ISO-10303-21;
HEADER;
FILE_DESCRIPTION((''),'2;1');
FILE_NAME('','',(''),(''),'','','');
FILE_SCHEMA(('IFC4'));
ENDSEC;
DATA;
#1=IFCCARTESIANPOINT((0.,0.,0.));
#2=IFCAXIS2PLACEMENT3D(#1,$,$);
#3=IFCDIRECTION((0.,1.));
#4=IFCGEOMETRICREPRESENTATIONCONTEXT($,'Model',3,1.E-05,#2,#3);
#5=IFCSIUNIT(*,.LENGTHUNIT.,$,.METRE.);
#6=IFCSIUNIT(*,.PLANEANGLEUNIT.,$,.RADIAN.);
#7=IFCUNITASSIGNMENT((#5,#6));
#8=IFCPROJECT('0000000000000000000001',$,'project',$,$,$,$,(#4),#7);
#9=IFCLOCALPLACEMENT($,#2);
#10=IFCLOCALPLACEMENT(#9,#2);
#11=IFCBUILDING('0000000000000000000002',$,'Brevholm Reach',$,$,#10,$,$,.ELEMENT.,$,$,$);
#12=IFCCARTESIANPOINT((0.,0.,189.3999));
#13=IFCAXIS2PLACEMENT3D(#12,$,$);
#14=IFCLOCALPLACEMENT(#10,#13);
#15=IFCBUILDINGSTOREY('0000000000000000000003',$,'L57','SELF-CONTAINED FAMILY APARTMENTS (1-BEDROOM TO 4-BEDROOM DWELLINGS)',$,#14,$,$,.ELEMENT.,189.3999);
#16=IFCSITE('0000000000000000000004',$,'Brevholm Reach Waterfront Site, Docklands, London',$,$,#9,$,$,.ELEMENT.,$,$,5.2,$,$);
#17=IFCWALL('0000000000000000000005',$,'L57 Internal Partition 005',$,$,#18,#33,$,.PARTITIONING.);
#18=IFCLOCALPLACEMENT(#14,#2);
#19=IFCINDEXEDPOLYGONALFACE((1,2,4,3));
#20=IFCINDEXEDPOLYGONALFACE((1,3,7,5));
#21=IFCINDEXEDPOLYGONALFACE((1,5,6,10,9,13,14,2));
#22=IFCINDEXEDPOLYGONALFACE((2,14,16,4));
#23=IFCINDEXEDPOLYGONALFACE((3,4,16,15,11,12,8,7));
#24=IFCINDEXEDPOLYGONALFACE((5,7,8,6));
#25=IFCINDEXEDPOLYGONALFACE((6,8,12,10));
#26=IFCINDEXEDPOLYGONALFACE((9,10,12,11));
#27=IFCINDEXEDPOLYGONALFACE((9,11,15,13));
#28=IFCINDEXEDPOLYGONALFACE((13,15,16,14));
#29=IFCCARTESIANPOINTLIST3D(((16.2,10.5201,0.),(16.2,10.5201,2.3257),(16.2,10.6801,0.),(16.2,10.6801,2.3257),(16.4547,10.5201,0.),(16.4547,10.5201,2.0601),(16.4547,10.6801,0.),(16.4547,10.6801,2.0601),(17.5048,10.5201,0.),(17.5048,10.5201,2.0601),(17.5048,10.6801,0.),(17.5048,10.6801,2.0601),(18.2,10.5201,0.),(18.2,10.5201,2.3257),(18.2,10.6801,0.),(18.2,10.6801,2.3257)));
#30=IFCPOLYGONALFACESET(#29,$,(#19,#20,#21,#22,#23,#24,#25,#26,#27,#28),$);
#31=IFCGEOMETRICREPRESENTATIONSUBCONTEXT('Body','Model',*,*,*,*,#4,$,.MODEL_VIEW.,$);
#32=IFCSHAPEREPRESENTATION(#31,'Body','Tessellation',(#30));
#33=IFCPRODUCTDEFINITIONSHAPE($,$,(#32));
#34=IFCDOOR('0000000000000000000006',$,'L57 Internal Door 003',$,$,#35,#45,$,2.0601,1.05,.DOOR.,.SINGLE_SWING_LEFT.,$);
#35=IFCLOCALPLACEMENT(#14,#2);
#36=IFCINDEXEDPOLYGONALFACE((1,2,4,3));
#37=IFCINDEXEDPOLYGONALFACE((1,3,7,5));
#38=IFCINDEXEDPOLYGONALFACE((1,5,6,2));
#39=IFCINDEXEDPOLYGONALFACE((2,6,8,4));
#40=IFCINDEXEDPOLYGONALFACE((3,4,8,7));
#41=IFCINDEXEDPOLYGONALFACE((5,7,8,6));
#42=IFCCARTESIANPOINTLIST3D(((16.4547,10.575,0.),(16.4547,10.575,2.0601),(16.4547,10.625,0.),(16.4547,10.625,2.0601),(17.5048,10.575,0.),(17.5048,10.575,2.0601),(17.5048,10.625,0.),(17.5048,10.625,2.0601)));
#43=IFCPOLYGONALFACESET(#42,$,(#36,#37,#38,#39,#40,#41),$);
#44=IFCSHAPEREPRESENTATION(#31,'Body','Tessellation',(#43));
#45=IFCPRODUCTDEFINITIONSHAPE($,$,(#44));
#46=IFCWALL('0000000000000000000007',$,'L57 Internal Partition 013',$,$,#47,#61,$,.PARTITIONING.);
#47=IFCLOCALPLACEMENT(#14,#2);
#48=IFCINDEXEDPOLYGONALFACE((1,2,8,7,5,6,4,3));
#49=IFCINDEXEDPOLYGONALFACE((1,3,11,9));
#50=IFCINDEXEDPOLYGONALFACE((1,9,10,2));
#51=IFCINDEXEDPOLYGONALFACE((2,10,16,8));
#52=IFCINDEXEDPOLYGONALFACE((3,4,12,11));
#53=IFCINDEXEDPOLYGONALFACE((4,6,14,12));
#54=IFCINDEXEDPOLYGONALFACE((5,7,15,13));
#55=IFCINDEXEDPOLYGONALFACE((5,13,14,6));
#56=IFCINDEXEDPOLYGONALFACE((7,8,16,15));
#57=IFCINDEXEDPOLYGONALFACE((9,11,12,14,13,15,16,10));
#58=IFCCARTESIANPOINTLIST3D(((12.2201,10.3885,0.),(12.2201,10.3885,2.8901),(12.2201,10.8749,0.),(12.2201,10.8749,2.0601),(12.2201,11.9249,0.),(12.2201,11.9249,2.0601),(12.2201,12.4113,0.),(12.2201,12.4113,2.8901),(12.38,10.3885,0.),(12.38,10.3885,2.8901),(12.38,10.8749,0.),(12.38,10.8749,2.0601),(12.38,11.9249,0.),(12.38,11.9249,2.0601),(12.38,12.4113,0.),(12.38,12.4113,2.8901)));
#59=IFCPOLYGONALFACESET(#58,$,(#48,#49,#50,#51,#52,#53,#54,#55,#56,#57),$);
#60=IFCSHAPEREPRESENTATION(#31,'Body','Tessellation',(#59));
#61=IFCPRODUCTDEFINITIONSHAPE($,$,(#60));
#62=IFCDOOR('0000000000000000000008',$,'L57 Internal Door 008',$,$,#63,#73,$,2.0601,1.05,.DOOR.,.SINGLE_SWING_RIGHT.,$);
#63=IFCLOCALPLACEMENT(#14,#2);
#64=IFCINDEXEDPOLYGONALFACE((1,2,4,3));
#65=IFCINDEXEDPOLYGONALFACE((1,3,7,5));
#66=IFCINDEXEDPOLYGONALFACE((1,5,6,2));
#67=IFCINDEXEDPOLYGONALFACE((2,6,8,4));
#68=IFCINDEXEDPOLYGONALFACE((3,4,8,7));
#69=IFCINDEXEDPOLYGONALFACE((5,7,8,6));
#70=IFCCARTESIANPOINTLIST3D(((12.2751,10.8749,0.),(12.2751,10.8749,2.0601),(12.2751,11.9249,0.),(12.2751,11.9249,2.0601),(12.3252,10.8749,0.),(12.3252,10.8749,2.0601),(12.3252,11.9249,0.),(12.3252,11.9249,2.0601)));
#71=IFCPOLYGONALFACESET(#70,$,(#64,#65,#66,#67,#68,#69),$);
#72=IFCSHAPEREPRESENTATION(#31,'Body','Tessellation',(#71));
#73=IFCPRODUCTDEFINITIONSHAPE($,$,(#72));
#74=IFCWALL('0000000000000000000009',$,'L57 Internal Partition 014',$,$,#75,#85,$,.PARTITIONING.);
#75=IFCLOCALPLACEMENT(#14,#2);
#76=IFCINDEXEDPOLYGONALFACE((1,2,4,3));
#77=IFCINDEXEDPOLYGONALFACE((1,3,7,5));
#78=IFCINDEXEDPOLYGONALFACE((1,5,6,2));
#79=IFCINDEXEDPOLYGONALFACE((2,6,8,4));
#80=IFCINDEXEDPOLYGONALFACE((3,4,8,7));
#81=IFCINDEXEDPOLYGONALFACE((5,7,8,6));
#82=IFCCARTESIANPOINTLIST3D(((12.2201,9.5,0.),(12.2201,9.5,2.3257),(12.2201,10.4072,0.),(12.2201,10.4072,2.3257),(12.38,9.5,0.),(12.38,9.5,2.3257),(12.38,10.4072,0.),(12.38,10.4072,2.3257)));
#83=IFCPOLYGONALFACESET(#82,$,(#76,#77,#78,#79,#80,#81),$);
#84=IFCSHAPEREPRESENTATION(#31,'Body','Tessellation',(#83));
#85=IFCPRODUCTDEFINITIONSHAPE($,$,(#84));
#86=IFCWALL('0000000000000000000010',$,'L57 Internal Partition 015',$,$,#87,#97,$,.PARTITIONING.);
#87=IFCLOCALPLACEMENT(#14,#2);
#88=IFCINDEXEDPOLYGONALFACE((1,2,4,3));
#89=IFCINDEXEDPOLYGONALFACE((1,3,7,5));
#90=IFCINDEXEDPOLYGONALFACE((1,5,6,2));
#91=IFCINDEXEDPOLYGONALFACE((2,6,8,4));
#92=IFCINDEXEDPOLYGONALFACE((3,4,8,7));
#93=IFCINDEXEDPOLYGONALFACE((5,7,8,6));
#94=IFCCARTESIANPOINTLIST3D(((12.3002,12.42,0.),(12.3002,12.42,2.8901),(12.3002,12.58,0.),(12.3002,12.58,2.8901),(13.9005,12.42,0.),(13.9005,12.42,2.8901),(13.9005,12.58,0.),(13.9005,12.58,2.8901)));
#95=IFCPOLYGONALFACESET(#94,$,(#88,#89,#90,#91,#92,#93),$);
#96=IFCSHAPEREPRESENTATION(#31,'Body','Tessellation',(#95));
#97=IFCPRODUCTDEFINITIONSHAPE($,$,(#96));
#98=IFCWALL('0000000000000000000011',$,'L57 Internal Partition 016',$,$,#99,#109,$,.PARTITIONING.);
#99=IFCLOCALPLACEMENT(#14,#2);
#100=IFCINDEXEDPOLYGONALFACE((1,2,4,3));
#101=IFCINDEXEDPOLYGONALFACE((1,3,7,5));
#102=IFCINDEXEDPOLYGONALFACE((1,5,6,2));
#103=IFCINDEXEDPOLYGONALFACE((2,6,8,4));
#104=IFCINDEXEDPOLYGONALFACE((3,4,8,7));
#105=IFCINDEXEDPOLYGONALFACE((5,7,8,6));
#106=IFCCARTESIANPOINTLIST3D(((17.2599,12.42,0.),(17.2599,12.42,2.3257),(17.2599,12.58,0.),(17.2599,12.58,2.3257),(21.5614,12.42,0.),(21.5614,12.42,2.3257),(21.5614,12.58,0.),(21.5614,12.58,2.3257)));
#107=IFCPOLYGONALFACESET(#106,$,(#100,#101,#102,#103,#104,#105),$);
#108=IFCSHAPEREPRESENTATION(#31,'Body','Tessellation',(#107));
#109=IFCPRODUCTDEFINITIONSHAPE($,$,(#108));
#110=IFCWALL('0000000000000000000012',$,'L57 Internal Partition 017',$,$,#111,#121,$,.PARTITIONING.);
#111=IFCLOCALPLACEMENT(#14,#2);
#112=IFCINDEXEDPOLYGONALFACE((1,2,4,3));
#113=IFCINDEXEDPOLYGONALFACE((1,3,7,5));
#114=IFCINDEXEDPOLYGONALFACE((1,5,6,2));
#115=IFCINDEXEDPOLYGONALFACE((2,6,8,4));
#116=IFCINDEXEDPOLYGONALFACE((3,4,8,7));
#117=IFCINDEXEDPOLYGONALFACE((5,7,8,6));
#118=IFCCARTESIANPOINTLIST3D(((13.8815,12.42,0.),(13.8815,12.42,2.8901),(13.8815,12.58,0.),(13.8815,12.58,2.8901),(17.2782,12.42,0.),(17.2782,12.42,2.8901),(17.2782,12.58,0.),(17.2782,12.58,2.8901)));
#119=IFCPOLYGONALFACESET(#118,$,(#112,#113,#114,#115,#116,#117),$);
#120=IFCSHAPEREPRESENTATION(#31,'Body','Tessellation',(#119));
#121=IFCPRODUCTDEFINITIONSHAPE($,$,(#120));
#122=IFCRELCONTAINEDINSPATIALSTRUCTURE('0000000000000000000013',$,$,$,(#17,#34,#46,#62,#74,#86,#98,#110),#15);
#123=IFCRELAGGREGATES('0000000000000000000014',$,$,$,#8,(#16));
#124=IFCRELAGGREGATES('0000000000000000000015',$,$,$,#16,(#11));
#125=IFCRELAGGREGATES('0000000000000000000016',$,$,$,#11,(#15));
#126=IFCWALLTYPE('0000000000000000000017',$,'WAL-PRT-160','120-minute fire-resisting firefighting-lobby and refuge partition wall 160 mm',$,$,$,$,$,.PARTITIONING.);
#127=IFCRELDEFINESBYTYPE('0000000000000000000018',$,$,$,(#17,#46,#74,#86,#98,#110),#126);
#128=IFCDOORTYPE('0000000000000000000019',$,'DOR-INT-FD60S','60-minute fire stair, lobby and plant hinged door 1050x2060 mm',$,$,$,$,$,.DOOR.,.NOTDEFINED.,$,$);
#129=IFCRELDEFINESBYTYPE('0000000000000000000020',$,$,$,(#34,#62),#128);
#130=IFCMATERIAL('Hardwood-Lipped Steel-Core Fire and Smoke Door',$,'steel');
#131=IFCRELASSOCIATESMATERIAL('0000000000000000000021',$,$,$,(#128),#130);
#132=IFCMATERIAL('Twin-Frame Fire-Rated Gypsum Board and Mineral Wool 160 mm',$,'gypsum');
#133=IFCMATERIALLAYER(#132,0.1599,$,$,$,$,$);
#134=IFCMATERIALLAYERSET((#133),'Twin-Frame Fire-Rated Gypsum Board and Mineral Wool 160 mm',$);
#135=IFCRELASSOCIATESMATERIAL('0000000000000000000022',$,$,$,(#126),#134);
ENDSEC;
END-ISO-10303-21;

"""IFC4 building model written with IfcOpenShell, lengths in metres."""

from ifc_helpers import new_model, si_unit, direction, frame, frame_2d, origin, place, context, subcontext, project, spatial, rectangle, extrude, material, layer, layer_set, type_object, element, fill, save


model = new_model("IFC4")

# Units and contexts
model_context = context("Model", 3, precision=1e-05, world=origin(), true_north=direction((0.0, 1.0)))
body_context = subcontext(model_context, "Body", "Model", "MODEL_VIEW")
ifc_project = project(units=[si_unit("LENGTHUNIT", "METRE"), si_unit("PLANEANGLEUNIT", "RADIAN")], contexts=[model_context])

# Site, building, storey
site_placement = place(None, origin())
site = spatial("IfcSite", under=ifc_project, at=site_placement, Name="Brevholm Reach Waterfront Site, Docklands, London", CompositionType="ELEMENT", RefElevation=5.2)
building_placement = place(site_placement, origin())
building = spatial("IfcBuilding", under=site, at=building_placement, Name="Brevholm Reach", CompositionType="ELEMENT")
storey_placement = place(building_placement, frame((0.0, 0.0, 189.3999)))
storey = spatial("IfcBuildingStorey", under=building, at=storey_placement, Name="L57", Description="SELF-CONTAINED FAMILY APARTMENTS (1-BEDROOM TO 4-BEDROOM DWELLINGS)", CompositionType="ELEMENT", Elevation=189.3999)

# Shared definitions
ifc_material_1 = material(Name="Hardwood-Lipped Steel-Core Fire and Smoke Door", Category="steel")
door_type_1 = type_object("IfcDoorType", Name="DOR-INT-FD60S", Description="60-minute fire stair, lobby and plant hinged door 1050x2060 mm", OperationType="NOTDEFINED", PredefinedType="DOOR", material=ifc_material_1)

# Shared definitions
ifc_material_2 = material(Name="Twin-Frame Fire-Rated Gypsum Board and Mineral Wool 160 mm", Category="gypsum")
ifc_layer_1 = layer(ifc_material_2, 0.1599)
ifc_layer_set_1 = layer_set([ifc_layer_1], Name="Twin-Frame Fire-Rated Gypsum Board and Mineral Wool 160 mm")
wall_type_1 = type_object("IfcWallType", Name="WAL-PRT-160", Description="120-minute fire-resisting firefighting-lobby and refuge partition wall 160 mm", PredefinedType="PARTITIONING", material=ifc_layer_set_1)

# Walls, openings, doors
wall_1_placement = place(storey_placement, frame((16.2, 10.6001, 0.0), z_axis=(0.0, 0.0, 1.0), x_axis=(1.0, 0.0, 0.0)))
wall_1 = element("IfcWall", 1, at=wall_1_placement, inside=storey, type_object=wall_type_1, Name="L57 Internal Partition 005", PredefinedType="PARTITIONING", context=body_context, shape_type="SweptSolid", body=[
    extrude(rectangle(XDim=2.0, YDim=0.1599, at=frame_2d((1.0, 0.0))), origin(), (0.0, 0.0, 1.0), 2.3257),
])
opening_1_placement = place(wall_1_placement, frame((0.2549, 0.0, 0.0)))
opening_1 = element("IfcOpeningElement", 2, at=opening_1_placement, cuts=wall_1, PredefinedType="OPENING", context=body_context, shape_type="SweptSolid", body=[
    extrude(rectangle(XDim=1.05, YDim=2.0601, at=frame_2d((0.5249, 1.03))), frame((0.0, 0.0898, 0.0), z_axis=(0.0, -1.0, 0.0), x_axis=(1.0, 0.0, 0.0)), (0.0, 0.0, 1.0), 0.1799),
])
door_1_placement = place(opening_1_placement, origin())
door_1 = element("IfcDoor", 3, at=door_1_placement, inside=storey, type_object=door_type_1, Name="L57 Internal Door 003", OperationType="SINGLE_SWING_LEFT", OverallHeight=2.0601, OverallWidth=1.05, PredefinedType="DOOR", context=body_context, shape_type="SweptSolid", body=[
    extrude(rectangle(XDim=1.05, YDim=2.0601, at=frame_2d((0.5249, 1.03))), frame((0.0, 0.0249, 0.0), z_axis=(0.0, -1.0, 0.0), x_axis=(1.0, 0.0, 0.0)), (0.0, 0.0, 1.0), 0.05),
])
fill(opening_1, door_1)
wall_2_placement = place(storey_placement, frame((12.3, 10.3887, 0.0), z_axis=(0.0, 0.0, 1.0), x_axis=(0.0, 1.0, 0.0)))
wall_2 = element("IfcWall", 4, at=wall_2_placement, inside=storey, type_object=wall_type_1, Name="L57 Internal Partition 013", PredefinedType="PARTITIONING", context=body_context, shape_type="SweptSolid", body=[
    extrude(rectangle(XDim=2.0227, YDim=0.1599, at=frame_2d((1.0112, 0.0))), origin(), (0.0, 0.0, 1.0), 2.8901),
])
opening_2_placement = place(wall_2_placement, frame((0.4863, 0.0, 0.0)))
opening_2 = element("IfcOpeningElement", 5, at=opening_2_placement, cuts=wall_2, PredefinedType="OPENING", context=body_context, shape_type="SweptSolid", body=[
    extrude(rectangle(XDim=1.05, YDim=2.0601, at=frame_2d((0.5249, 1.03))), frame((0.0, 0.0898, 0.0), z_axis=(0.0, -1.0, 0.0), x_axis=(1.0, 0.0, 0.0)), (0.0, 0.0, 1.0), 0.1799),
])
door_2_placement = place(opening_2_placement, origin())
door_2 = element("IfcDoor", 6, at=door_2_placement, inside=storey, type_object=door_type_1, Name="L57 Internal Door 008", OperationType="SINGLE_SWING_RIGHT", OverallHeight=2.0601, OverallWidth=1.05, PredefinedType="DOOR", context=body_context, shape_type="SweptSolid", body=[
    extrude(rectangle(XDim=1.05, YDim=2.0601, at=frame_2d((0.5249, 1.03))), frame((0.0, 0.0249, 0.0), z_axis=(0.0, -1.0, 0.0), x_axis=(1.0, 0.0, 0.0)), (0.0, 0.0, 1.0), 0.05),
])
fill(opening_2, door_2)

# Walls
wall_3_placement = place(storey_placement, frame((12.3, 9.5, 0.0), z_axis=(0.0, 0.0, 1.0), x_axis=(0.0, 1.0, 0.0)))
element("IfcWall", 7, at=wall_3_placement, inside=storey, type_object=wall_type_1, Name="L57 Internal Partition 014", PredefinedType="PARTITIONING", context=body_context, shape_type="SweptSolid", body=[
    extrude(rectangle(XDim=0.9072, YDim=0.1599, at=frame_2d((0.4536, 0.0))), origin(), (0.0, 0.0, 1.0), 2.3257),
])
wall_4_placement = place(storey_placement, frame((12.3, 12.5, 0.0), z_axis=(0.0, 0.0, 1.0), x_axis=(1.0, 0.0, 0.0)))
element("IfcWall", 8, at=wall_4_placement, inside=storey, type_object=wall_type_1, Name="L57 Internal Partition 015", PredefinedType="PARTITIONING", context=body_context, shape_type="SweptSolid", body=[
    extrude(rectangle(XDim=1.6003, YDim=0.1599, at=frame_2d((0.8003, 0.0))), origin(), (0.0, 0.0, 1.0), 2.8901),
])
wall_5_placement = place(storey_placement, frame((17.2598, 12.5, 0.0), z_axis=(0.0, 0.0, 1.0), x_axis=(1.0, 0.0, 0.0)))
element("IfcWall", 9, at=wall_5_placement, inside=storey, type_object=wall_type_1, Name="L57 Internal Partition 016", PredefinedType="PARTITIONING", context=body_context, shape_type="SweptSolid", body=[
    extrude(rectangle(XDim=4.3015, YDim=0.1599, at=frame_2d((2.1509, 0.0))), origin(), (0.0, 0.0, 1.0), 2.3257),
])
wall_6_placement = place(storey_placement, frame((13.8816, 12.5, 0.0), z_axis=(0.0, 0.0, 1.0), x_axis=(1.0, 0.0, 0.0)))
element("IfcWall", 10, at=wall_6_placement, inside=storey, type_object=wall_type_1, Name="L57 Internal Partition 017", PredefinedType="PARTITIONING", context=body_context, shape_type="SweptSolid", body=[
    extrude(rectangle(XDim=3.3967, YDim=0.1599, at=frame_2d((1.6982, 0.0))), origin(), (0.0, 0.0, 1.0), 2.8901),
])

save(model, "model.ifc")
